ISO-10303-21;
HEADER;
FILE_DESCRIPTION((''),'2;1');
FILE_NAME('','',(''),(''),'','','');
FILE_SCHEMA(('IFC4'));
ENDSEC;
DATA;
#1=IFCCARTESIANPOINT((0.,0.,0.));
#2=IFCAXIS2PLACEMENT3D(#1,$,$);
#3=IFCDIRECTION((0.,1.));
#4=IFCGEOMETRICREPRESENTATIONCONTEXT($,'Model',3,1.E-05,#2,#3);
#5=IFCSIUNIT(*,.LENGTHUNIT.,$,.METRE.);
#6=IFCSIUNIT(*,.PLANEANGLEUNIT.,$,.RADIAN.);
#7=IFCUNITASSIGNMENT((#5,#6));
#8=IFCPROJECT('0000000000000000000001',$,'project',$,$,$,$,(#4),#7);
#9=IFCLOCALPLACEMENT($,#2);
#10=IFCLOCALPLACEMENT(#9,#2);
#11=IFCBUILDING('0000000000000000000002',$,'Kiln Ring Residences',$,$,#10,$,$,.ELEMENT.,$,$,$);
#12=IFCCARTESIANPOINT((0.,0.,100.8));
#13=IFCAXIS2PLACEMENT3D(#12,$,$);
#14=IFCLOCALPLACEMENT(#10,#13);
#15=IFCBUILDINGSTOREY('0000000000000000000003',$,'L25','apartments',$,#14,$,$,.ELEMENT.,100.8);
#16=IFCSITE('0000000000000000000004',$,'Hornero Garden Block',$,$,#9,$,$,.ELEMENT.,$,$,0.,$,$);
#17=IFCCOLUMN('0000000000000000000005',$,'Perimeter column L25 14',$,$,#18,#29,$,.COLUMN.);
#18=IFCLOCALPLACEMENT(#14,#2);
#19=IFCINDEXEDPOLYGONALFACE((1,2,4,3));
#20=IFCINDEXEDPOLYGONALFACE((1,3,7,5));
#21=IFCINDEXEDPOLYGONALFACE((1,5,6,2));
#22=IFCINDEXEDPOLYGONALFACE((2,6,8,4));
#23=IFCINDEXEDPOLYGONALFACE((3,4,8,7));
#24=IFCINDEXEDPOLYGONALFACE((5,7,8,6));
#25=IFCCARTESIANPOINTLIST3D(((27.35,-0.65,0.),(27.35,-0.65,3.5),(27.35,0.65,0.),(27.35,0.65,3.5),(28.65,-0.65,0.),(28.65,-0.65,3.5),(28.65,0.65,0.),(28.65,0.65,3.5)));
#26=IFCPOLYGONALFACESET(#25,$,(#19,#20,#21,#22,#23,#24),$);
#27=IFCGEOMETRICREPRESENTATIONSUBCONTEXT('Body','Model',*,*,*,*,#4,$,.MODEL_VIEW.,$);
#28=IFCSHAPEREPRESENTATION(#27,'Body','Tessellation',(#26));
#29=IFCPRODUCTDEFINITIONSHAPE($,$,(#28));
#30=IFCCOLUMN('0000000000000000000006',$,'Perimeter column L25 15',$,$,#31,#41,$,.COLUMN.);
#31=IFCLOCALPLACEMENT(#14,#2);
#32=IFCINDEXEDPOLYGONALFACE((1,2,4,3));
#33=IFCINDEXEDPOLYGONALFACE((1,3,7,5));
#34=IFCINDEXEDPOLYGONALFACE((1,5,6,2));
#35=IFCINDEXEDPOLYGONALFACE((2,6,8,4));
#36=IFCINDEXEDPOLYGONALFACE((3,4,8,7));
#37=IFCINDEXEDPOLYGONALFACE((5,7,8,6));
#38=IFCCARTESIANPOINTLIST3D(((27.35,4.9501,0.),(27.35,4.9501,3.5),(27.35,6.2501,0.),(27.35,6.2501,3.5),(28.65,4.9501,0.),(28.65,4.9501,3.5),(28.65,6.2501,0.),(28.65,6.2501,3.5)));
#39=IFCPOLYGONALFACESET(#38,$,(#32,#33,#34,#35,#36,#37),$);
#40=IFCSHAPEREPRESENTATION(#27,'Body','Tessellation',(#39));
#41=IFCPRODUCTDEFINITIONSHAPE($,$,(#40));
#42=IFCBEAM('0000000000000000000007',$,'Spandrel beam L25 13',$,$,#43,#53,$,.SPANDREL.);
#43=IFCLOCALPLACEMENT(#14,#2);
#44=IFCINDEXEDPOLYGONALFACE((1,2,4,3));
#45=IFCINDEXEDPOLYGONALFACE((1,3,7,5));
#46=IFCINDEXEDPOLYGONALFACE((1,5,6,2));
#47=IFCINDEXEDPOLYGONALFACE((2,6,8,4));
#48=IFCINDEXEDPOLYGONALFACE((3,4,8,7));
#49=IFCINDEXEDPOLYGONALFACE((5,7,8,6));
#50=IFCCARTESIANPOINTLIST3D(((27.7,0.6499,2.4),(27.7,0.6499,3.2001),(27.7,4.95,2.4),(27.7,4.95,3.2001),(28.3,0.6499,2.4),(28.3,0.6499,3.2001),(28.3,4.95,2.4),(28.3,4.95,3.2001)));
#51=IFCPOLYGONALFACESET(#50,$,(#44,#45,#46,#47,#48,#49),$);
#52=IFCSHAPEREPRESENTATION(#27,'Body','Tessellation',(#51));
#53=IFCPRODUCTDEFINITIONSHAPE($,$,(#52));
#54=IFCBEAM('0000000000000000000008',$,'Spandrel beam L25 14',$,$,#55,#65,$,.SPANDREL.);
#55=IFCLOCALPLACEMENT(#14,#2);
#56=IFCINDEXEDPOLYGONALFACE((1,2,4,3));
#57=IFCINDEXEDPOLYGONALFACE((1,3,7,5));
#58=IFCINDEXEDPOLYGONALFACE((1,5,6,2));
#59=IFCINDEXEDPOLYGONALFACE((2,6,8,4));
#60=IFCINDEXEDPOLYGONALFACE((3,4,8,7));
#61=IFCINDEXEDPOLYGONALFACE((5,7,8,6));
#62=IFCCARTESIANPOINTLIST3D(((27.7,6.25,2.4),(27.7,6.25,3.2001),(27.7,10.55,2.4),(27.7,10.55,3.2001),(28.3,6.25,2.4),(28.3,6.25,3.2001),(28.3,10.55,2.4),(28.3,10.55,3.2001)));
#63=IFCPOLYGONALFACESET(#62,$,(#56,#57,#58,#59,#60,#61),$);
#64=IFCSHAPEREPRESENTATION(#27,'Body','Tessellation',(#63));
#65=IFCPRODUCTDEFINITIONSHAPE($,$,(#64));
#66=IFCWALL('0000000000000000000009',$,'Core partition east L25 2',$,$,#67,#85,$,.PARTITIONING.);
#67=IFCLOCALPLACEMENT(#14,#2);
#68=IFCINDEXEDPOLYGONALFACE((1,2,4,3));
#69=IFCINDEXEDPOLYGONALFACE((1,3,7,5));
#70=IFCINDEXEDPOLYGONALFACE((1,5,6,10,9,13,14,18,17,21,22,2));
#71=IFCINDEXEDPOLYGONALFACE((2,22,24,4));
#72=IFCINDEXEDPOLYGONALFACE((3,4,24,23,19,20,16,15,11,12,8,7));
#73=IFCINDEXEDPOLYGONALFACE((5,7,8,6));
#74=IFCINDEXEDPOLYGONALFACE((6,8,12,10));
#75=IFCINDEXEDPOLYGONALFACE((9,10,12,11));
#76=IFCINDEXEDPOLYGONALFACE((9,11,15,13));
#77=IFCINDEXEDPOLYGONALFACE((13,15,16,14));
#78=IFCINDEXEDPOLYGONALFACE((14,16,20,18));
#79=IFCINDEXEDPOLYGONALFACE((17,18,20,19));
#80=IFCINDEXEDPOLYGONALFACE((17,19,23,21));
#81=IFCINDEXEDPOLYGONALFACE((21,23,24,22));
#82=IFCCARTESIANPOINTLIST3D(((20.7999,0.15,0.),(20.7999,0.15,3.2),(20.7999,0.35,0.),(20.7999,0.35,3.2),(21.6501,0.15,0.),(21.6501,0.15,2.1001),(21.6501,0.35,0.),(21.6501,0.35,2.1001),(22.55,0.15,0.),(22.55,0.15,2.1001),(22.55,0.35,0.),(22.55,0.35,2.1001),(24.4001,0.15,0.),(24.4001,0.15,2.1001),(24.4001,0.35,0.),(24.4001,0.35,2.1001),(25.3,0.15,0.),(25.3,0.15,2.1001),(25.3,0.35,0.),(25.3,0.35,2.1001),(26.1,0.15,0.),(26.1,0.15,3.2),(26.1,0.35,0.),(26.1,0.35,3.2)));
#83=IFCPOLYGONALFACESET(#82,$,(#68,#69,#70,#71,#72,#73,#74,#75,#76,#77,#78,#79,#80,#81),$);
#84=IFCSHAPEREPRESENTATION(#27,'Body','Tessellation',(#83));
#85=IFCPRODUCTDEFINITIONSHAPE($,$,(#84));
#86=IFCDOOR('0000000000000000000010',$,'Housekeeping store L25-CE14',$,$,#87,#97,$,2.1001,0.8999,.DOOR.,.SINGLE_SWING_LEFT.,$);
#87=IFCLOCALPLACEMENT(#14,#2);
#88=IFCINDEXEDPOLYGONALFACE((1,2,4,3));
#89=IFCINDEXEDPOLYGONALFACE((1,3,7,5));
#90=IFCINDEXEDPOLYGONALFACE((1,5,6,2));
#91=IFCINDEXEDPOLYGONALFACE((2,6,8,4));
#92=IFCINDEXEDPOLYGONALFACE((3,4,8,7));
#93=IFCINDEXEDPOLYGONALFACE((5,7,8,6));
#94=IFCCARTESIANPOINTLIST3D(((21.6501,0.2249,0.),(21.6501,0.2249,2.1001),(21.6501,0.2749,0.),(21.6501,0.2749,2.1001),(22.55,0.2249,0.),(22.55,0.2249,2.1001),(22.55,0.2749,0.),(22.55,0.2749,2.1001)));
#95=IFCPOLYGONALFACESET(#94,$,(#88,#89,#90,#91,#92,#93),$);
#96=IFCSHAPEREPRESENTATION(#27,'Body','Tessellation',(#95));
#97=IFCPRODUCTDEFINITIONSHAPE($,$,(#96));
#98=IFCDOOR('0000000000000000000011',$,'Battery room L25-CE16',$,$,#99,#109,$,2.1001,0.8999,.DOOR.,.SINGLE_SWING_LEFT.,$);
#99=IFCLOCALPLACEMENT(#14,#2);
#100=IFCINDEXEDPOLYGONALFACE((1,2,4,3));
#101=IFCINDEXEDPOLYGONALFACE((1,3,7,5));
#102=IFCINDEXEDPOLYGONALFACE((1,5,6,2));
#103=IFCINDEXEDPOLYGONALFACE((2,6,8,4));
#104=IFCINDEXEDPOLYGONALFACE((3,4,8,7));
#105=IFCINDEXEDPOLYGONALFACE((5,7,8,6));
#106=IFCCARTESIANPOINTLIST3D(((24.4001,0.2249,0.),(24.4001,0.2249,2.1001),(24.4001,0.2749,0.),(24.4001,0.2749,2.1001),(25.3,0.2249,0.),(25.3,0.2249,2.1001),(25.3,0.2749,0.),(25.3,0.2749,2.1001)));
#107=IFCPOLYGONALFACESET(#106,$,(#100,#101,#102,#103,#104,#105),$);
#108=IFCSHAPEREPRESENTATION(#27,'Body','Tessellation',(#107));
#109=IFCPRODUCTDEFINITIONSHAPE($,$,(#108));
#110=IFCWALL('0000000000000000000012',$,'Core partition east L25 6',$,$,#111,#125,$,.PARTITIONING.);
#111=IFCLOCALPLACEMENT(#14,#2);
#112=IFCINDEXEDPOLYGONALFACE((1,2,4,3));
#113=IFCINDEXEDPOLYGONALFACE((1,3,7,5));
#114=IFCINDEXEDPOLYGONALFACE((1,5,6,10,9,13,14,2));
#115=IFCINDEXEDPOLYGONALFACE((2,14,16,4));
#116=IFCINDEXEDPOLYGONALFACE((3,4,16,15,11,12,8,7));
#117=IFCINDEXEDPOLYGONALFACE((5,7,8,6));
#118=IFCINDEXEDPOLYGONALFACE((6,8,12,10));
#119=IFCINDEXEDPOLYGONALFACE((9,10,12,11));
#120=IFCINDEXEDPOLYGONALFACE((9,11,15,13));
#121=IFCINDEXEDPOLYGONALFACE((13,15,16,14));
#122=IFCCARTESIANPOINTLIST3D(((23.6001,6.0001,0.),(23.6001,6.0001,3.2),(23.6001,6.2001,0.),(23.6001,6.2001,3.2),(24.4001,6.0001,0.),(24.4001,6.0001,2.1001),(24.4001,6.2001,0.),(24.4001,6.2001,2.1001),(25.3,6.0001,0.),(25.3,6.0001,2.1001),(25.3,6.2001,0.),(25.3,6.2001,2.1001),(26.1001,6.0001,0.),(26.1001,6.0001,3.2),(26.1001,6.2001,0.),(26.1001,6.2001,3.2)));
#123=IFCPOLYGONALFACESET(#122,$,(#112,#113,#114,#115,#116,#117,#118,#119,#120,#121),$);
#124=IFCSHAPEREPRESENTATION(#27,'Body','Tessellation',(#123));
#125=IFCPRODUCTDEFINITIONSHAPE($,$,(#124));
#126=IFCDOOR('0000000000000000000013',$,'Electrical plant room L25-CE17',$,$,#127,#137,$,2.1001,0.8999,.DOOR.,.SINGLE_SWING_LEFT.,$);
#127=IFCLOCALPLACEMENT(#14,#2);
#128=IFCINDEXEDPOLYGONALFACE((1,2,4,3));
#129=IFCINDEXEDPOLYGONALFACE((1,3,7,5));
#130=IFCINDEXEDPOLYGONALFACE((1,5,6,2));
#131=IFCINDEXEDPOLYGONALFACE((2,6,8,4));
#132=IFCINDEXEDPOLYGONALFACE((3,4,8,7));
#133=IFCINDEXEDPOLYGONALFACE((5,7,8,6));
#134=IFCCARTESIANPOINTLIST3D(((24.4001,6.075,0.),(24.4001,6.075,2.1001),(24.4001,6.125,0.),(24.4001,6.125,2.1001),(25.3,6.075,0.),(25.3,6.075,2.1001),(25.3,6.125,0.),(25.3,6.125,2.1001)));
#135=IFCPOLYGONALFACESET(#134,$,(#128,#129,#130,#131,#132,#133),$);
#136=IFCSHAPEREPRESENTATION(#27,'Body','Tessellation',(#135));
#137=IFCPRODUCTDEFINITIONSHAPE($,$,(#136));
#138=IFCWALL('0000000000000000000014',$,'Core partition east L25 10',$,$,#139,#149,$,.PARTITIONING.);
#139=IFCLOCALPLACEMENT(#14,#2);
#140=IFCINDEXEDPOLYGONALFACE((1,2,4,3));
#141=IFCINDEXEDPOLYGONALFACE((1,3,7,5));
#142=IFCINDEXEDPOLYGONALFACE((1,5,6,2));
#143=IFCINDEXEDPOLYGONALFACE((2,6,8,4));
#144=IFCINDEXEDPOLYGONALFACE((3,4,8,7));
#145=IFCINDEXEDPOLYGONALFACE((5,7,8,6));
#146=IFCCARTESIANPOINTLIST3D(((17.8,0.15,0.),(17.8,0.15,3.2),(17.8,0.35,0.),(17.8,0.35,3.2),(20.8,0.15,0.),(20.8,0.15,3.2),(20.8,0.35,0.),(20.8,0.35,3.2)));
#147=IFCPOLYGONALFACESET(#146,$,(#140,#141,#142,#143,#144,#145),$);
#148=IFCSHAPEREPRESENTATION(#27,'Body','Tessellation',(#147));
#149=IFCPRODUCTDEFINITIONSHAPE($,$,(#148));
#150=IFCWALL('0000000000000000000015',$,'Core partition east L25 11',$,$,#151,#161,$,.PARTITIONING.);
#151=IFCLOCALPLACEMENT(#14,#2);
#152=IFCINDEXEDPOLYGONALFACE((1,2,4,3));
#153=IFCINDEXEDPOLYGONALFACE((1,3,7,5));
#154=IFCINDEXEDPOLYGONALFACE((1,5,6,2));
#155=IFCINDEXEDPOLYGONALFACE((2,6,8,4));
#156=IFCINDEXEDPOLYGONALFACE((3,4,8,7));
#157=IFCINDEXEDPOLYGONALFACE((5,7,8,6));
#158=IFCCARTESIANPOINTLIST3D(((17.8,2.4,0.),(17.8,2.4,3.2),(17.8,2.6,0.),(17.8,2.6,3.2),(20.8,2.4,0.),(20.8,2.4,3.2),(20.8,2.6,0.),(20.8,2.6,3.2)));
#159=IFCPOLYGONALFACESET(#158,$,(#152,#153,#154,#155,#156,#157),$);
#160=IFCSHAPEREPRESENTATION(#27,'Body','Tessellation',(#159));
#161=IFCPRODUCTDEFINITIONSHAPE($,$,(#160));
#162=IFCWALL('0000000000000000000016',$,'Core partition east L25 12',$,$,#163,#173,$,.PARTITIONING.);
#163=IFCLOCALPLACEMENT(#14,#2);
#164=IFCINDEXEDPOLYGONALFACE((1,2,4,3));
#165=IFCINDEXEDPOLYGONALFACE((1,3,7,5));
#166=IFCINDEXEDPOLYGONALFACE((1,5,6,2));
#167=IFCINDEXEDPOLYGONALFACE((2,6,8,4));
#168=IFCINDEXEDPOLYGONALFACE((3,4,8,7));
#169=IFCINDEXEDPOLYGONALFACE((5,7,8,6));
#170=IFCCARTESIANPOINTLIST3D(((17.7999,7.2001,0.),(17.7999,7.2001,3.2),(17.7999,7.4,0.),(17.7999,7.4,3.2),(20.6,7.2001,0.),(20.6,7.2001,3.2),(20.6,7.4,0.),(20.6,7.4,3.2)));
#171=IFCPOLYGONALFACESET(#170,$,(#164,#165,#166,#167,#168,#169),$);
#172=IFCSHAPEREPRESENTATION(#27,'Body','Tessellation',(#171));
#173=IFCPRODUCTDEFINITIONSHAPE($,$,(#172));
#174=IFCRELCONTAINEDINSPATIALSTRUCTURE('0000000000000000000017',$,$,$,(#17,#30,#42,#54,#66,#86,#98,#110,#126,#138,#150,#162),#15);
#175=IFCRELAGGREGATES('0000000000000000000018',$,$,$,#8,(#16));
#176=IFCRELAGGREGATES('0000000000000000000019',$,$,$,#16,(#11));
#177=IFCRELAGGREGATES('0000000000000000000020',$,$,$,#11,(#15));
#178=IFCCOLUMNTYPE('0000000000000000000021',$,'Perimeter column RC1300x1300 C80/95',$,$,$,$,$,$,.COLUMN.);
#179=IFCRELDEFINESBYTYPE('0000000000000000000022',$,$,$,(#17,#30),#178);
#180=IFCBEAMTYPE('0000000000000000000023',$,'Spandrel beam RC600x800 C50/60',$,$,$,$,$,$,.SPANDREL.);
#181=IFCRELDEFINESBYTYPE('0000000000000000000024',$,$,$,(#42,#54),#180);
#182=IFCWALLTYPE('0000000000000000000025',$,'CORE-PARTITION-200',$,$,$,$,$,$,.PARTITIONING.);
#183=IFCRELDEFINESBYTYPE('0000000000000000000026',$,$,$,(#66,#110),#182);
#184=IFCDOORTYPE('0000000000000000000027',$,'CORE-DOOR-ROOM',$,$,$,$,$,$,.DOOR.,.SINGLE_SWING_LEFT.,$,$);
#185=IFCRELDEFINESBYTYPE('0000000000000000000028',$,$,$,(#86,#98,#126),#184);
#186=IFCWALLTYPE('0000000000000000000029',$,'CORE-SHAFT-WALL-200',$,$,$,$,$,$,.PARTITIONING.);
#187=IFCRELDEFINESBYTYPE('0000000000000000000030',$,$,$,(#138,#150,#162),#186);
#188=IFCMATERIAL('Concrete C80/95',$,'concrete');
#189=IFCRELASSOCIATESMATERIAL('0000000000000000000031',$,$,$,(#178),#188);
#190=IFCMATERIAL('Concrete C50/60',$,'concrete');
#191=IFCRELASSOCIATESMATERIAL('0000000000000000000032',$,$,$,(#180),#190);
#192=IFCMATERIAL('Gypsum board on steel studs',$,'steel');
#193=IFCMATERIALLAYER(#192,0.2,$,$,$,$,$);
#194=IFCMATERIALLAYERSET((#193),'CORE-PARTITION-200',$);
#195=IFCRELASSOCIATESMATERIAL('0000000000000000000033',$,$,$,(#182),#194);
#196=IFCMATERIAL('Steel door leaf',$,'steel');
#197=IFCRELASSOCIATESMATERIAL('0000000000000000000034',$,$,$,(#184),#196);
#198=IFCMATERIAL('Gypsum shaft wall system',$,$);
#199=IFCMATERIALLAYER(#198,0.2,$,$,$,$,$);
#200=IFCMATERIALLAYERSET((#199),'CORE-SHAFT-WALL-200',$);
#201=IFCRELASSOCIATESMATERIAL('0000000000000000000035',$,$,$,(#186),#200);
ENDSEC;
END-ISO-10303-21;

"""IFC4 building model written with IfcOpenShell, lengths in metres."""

from ifc_helpers import new_model, si_unit, direction, frame, frame_2d, origin, origin_2d, place, context, subcontext, project, spatial, rectangle, extrude, material, layer, layer_set, material_profile, profile_set, type_object, element, fill, save


model = new_model("IFC4")

# Units and contexts
model_context = context("Model", 3, precision=1e-05, world=origin(), true_north=direction((0.0, 1.0)))
body_context = subcontext(model_context, "Body", "Model", "MODEL_VIEW")
ifc_project = project(units=[si_unit("LENGTHUNIT", "METRE"), si_unit("PLANEANGLEUNIT", "RADIAN")], contexts=[model_context])

# Site, building, storey
site_placement = place(None, origin())
site = spatial("IfcSite", under=ifc_project, at=site_placement, Name="Hornero Garden Block", CompositionType="ELEMENT", RefElevation=0.0)
building_placement = place(site_placement, origin())
building = spatial("IfcBuilding", under=site, at=building_placement, Name="Kiln Ring Residences", CompositionType="ELEMENT")
storey_placement = place(building_placement, frame((0.0, 0.0, 100.8)))
storey = spatial("IfcBuildingStorey", under=building, at=storey_placement, Name="L25", Description="apartments", CompositionType="ELEMENT", Elevation=100.8)

# Columns
ifc_material_1 = material(Name="Concrete C80/95", Category="concrete")
ifc_material_profile_1 = material_profile(ifc_material_1, rectangle(XDim=1.3, YDim=1.3, at=origin_2d()), Name="RC1300x1300")
ifc_profile_set_1 = profile_set([ifc_material_profile_1], Name="Concrete C80/95")
column_type = type_object("IfcColumnType", Name="Perimeter column RC1300x1300 C80/95", PredefinedType="COLUMN", material=ifc_profile_set_1)
for number, where, z_axis, x_axis, name in (
    (1, (28.0, 0.0, 0.0), (0.0, 0.0, 1.0), (1.0, 0.0, 0.0), "Perimeter column L25 14"),
    (2, (28.0, 5.6001, 0.0), (0.0, 0.0, 1.0), (1.0, 0.0, 0.0), "Perimeter column L25 15"),
):
    element("IfcColumn", number, at=place(storey_placement, frame(where, z_axis=z_axis, x_axis=x_axis)), inside=storey, type_object=column_type, Name=name, PredefinedType="COLUMN", context=body_context, shape_type="SweptSolid", body=[
        extrude(rectangle(XDim=1.3, YDim=1.3, at=origin_2d()), origin(), (0.0, 0.0, 1.0), 3.5),
    ])

# Beams
ifc_material_2 = material(Name="Concrete C50/60", Category="concrete")
ifc_material_profile_2 = material_profile(ifc_material_2, rectangle(XDim=0.6001, YDim=0.8, at=origin_2d()), Name="RC600x800")
ifc_profile_set_2 = profile_set([ifc_material_profile_2], Name="Concrete C50/60")
beam_type = type_object("IfcBeamType", Name="Spandrel beam RC600x800 C50/60", PredefinedType="SPANDREL", material=ifc_profile_set_2)
for number, where, z_axis, x_axis, name in (
    (3, (28.0, 0.6499, 2.8), (0.0, 1.0, 0.0), (-1.0, 0.0, 0.0), "Spandrel beam L25 13"),
    (4, (28.0, 6.25, 2.8), (0.0, 1.0, 0.0), (-1.0, 0.0, 0.0), "Spandrel beam L25 14"),
):
    element("IfcBeam", number, at=place(storey_placement, frame(where, z_axis=z_axis, x_axis=x_axis)), inside=storey, type_object=beam_type, Name=name, PredefinedType="SPANDREL", context=body_context, shape_type="SweptSolid", body=[
        extrude(rectangle(XDim=0.6001, YDim=0.8, at=origin_2d()), origin(), (0.0, 0.0, 1.0), 4.3),
    ])

# Wall, openings, doors
ifc_material_3 = material(Name="Gypsum board on steel studs", Category="steel")
ifc_layer_1 = layer(ifc_material_3, 0.2)
ifc_layer_set_1 = layer_set([ifc_layer_1], Name="CORE-PARTITION-200")
wall_type_1 = type_object("IfcWallType", Name="CORE-PARTITION-200", PredefinedType="PARTITIONING", material=ifc_layer_set_1)
wall_1_placement = place(storey_placement, frame((20.8, 0.25, 0.0), z_axis=(0.0, 0.0, 1.0), x_axis=(1.0, 0.0, 0.0)))
wall_1 = element("IfcWall", 5, at=wall_1_placement, inside=storey, type_object=wall_type_1, Name="Core partition east L25 2", PredefinedType="PARTITIONING", context=body_context, shape_type="SweptSolid", body=[
    extrude(rectangle(XDim=5.3, YDim=0.2, at=frame_2d((2.6499, 0.0))), origin(), (0.0, 0.0, 1.0), 3.2),
])
opening_1_placement = place(wall_1_placement, frame((0.8501, 0.0, 0.0)))
opening_1 = element("IfcOpeningElement", 6, at=opening_1_placement, cuts=wall_1, PredefinedType="OPENING", context=body_context, shape_type="SweptSolid", body=[
    extrude(rectangle(XDim=0.8999, YDim=2.1001, at=frame_2d((0.45, 1.05))), frame((0.0, 0.1099, 0.0), z_axis=(0.0, -1.0, 0.0), x_axis=(1.0, 0.0, 0.0)), (0.0, 0.0, 1.0), 0.22),
])
opening_2_placement = place(wall_1_placement, frame((3.6001, 0.0, 0.0)))
opening_2 = element("IfcOpeningElement", 7, at=opening_2_placement, cuts=wall_1, PredefinedType="OPENING", context=body_context, shape_type="SweptSolid", body=[
    extrude(rectangle(XDim=0.8999, YDim=2.1001, at=frame_2d((0.45, 1.05))), frame((0.0, 0.1099, 0.0), z_axis=(0.0, -1.0, 0.0), x_axis=(1.0, 0.0, 0.0)), (0.0, 0.0, 1.0), 0.22),
])
ifc_material_4 = material(Name="Steel door leaf", Category="steel")
door_type = type_object("IfcDoorType", Name="CORE-DOOR-ROOM", OperationType="SINGLE_SWING_LEFT", PredefinedType="DOOR", material=ifc_material_4)
door_1_placement = place(opening_1_placement, origin())
door_1 = element("IfcDoor", 8, at=door_1_placement, inside=storey, type_object=door_type, Name="Housekeeping store L25-CE14", OperationType="SINGLE_SWING_LEFT", OverallHeight=2.1001, OverallWidth=0.8999, PredefinedType="DOOR", context=body_context, shape_type="SweptSolid", body=[
    extrude(rectangle(XDim=0.8999, YDim=2.1001, at=frame_2d((0.45, 1.05))), frame((0.0, 0.0249, 0.0), z_axis=(0.0, -1.0, 0.0), x_axis=(1.0, 0.0, 0.0)), (0.0, 0.0, 1.0), 0.05),
])
fill(opening_1, door_1)
door_2_placement = place(opening_2_placement, origin())
door_2 = element("IfcDoor", 9, at=door_2_placement, inside=storey, type_object=door_type, Name="Battery room L25-CE16", OperationType="SINGLE_SWING_LEFT", OverallHeight=2.1001, OverallWidth=0.8999, PredefinedType="DOOR", context=body_context, shape_type="SweptSolid", body=[
    extrude(rectangle(XDim=0.8999, YDim=2.1001, at=frame_2d((0.45, 1.05))), frame((0.0, 0.0249, 0.0), z_axis=(0.0, -1.0, 0.0), x_axis=(1.0, 0.0, 0.0)), (0.0, 0.0, 1.0), 0.05),
])
fill(opening_2, door_2)

# Wall, opening, door
wall_2_placement = place(storey_placement, frame((23.6001, 6.1001, 0.0), z_axis=(0.0, 0.0, 1.0), x_axis=(1.0, 0.0, 0.0)))
wall_2 = element("IfcWall", 10, at=wall_2_placement, inside=storey, type_object=wall_type_1, Name="Core partition east L25 6", PredefinedType="PARTITIONING", context=body_context, shape_type="SweptSolid", body=[
    extrude(rectangle(XDim=2.5, YDim=0.2, at=frame_2d((1.25, 0.0))), origin(), (0.0, 0.0, 1.0), 3.2),
])
opening_3_placement = place(wall_2_placement, frame((0.8, 0.0, 0.0)))
opening_3 = element("IfcOpeningElement", 11, at=opening_3_placement, cuts=wall_2, PredefinedType="OPENING", context=body_context, shape_type="SweptSolid", body=[
    extrude(rectangle(XDim=0.8999, YDim=2.1001, at=frame_2d((0.45, 1.05))), frame((0.0, 0.1099, 0.0), z_axis=(0.0, -1.0, 0.0), x_axis=(1.0, 0.0, 0.0)), (0.0, 0.0, 1.0), 0.22),
])
door_3_placement = place(opening_3_placement, origin())
door_3 = element("IfcDoor", 12, at=door_3_placement, inside=storey, type_object=door_type, Name="Electrical plant room L25-CE17", OperationType="SINGLE_SWING_LEFT", OverallHeight=2.1001, OverallWidth=0.8999, PredefinedType="DOOR", context=body_context, shape_type="SweptSolid", body=[
    extrude(rectangle(XDim=0.8999, YDim=2.1001, at=frame_2d((0.45, 1.05))), frame((0.0, 0.0249, 0.0), z_axis=(0.0, -1.0, 0.0), x_axis=(1.0, 0.0, 0.0)), (0.0, 0.0, 1.0), 0.05),
])
fill(opening_3, door_3)

# Walls
ifc_material_5 = material(Name="Gypsum shaft wall system")
ifc_layer_2 = layer(ifc_material_5, 0.2)
ifc_layer_set_2 = layer_set([ifc_layer_2], Name="CORE-SHAFT-WALL-200")
wall_type_2 = type_object("IfcWallType", Name="CORE-SHAFT-WALL-200", PredefinedType="PARTITIONING", material=ifc_layer_set_2)
for number, where, z_axis, x_axis, name in (
    (13, (17.8, 0.25, 0.0), (0.0, 0.0, 1.0), (1.0, 0.0, 0.0), "Core partition east L25 10"),
    (14, (17.8, 2.5, 0.0), (0.0, 0.0, 1.0), (1.0, 0.0, 0.0), "Core partition east L25 11"),
):
    element("IfcWall", number, at=place(storey_placement, frame(where, z_axis=z_axis, x_axis=x_axis)), inside=storey, type_object=wall_type_2, Name=name, PredefinedType="PARTITIONING", context=body_context, shape_type="SweptSolid", body=[
        extrude(rectangle(XDim=3.0, YDim=0.2, at=frame_2d((1.5, 0.0))), origin(), (0.0, 0.0, 1.0), 3.2),
    ])
wall_3_placement = place(storey_placement, frame((17.8, 7.3, 0.0), z_axis=(0.0, 0.0, 1.0), x_axis=(1.0, 0.0, 0.0)))
element("IfcWall", 15, at=wall_3_placement, inside=storey, type_object=wall_type_2, Name="Core partition east L25 12", PredefinedType="PARTITIONING", context=body_context, shape_type="SweptSolid", body=[
    extrude(rectangle(XDim=2.8, YDim=0.2, at=frame_2d((1.3999, 0.0))), origin(), (0.0, 0.0, 1.0), 3.2),
])

save(model, "model.ifc")
